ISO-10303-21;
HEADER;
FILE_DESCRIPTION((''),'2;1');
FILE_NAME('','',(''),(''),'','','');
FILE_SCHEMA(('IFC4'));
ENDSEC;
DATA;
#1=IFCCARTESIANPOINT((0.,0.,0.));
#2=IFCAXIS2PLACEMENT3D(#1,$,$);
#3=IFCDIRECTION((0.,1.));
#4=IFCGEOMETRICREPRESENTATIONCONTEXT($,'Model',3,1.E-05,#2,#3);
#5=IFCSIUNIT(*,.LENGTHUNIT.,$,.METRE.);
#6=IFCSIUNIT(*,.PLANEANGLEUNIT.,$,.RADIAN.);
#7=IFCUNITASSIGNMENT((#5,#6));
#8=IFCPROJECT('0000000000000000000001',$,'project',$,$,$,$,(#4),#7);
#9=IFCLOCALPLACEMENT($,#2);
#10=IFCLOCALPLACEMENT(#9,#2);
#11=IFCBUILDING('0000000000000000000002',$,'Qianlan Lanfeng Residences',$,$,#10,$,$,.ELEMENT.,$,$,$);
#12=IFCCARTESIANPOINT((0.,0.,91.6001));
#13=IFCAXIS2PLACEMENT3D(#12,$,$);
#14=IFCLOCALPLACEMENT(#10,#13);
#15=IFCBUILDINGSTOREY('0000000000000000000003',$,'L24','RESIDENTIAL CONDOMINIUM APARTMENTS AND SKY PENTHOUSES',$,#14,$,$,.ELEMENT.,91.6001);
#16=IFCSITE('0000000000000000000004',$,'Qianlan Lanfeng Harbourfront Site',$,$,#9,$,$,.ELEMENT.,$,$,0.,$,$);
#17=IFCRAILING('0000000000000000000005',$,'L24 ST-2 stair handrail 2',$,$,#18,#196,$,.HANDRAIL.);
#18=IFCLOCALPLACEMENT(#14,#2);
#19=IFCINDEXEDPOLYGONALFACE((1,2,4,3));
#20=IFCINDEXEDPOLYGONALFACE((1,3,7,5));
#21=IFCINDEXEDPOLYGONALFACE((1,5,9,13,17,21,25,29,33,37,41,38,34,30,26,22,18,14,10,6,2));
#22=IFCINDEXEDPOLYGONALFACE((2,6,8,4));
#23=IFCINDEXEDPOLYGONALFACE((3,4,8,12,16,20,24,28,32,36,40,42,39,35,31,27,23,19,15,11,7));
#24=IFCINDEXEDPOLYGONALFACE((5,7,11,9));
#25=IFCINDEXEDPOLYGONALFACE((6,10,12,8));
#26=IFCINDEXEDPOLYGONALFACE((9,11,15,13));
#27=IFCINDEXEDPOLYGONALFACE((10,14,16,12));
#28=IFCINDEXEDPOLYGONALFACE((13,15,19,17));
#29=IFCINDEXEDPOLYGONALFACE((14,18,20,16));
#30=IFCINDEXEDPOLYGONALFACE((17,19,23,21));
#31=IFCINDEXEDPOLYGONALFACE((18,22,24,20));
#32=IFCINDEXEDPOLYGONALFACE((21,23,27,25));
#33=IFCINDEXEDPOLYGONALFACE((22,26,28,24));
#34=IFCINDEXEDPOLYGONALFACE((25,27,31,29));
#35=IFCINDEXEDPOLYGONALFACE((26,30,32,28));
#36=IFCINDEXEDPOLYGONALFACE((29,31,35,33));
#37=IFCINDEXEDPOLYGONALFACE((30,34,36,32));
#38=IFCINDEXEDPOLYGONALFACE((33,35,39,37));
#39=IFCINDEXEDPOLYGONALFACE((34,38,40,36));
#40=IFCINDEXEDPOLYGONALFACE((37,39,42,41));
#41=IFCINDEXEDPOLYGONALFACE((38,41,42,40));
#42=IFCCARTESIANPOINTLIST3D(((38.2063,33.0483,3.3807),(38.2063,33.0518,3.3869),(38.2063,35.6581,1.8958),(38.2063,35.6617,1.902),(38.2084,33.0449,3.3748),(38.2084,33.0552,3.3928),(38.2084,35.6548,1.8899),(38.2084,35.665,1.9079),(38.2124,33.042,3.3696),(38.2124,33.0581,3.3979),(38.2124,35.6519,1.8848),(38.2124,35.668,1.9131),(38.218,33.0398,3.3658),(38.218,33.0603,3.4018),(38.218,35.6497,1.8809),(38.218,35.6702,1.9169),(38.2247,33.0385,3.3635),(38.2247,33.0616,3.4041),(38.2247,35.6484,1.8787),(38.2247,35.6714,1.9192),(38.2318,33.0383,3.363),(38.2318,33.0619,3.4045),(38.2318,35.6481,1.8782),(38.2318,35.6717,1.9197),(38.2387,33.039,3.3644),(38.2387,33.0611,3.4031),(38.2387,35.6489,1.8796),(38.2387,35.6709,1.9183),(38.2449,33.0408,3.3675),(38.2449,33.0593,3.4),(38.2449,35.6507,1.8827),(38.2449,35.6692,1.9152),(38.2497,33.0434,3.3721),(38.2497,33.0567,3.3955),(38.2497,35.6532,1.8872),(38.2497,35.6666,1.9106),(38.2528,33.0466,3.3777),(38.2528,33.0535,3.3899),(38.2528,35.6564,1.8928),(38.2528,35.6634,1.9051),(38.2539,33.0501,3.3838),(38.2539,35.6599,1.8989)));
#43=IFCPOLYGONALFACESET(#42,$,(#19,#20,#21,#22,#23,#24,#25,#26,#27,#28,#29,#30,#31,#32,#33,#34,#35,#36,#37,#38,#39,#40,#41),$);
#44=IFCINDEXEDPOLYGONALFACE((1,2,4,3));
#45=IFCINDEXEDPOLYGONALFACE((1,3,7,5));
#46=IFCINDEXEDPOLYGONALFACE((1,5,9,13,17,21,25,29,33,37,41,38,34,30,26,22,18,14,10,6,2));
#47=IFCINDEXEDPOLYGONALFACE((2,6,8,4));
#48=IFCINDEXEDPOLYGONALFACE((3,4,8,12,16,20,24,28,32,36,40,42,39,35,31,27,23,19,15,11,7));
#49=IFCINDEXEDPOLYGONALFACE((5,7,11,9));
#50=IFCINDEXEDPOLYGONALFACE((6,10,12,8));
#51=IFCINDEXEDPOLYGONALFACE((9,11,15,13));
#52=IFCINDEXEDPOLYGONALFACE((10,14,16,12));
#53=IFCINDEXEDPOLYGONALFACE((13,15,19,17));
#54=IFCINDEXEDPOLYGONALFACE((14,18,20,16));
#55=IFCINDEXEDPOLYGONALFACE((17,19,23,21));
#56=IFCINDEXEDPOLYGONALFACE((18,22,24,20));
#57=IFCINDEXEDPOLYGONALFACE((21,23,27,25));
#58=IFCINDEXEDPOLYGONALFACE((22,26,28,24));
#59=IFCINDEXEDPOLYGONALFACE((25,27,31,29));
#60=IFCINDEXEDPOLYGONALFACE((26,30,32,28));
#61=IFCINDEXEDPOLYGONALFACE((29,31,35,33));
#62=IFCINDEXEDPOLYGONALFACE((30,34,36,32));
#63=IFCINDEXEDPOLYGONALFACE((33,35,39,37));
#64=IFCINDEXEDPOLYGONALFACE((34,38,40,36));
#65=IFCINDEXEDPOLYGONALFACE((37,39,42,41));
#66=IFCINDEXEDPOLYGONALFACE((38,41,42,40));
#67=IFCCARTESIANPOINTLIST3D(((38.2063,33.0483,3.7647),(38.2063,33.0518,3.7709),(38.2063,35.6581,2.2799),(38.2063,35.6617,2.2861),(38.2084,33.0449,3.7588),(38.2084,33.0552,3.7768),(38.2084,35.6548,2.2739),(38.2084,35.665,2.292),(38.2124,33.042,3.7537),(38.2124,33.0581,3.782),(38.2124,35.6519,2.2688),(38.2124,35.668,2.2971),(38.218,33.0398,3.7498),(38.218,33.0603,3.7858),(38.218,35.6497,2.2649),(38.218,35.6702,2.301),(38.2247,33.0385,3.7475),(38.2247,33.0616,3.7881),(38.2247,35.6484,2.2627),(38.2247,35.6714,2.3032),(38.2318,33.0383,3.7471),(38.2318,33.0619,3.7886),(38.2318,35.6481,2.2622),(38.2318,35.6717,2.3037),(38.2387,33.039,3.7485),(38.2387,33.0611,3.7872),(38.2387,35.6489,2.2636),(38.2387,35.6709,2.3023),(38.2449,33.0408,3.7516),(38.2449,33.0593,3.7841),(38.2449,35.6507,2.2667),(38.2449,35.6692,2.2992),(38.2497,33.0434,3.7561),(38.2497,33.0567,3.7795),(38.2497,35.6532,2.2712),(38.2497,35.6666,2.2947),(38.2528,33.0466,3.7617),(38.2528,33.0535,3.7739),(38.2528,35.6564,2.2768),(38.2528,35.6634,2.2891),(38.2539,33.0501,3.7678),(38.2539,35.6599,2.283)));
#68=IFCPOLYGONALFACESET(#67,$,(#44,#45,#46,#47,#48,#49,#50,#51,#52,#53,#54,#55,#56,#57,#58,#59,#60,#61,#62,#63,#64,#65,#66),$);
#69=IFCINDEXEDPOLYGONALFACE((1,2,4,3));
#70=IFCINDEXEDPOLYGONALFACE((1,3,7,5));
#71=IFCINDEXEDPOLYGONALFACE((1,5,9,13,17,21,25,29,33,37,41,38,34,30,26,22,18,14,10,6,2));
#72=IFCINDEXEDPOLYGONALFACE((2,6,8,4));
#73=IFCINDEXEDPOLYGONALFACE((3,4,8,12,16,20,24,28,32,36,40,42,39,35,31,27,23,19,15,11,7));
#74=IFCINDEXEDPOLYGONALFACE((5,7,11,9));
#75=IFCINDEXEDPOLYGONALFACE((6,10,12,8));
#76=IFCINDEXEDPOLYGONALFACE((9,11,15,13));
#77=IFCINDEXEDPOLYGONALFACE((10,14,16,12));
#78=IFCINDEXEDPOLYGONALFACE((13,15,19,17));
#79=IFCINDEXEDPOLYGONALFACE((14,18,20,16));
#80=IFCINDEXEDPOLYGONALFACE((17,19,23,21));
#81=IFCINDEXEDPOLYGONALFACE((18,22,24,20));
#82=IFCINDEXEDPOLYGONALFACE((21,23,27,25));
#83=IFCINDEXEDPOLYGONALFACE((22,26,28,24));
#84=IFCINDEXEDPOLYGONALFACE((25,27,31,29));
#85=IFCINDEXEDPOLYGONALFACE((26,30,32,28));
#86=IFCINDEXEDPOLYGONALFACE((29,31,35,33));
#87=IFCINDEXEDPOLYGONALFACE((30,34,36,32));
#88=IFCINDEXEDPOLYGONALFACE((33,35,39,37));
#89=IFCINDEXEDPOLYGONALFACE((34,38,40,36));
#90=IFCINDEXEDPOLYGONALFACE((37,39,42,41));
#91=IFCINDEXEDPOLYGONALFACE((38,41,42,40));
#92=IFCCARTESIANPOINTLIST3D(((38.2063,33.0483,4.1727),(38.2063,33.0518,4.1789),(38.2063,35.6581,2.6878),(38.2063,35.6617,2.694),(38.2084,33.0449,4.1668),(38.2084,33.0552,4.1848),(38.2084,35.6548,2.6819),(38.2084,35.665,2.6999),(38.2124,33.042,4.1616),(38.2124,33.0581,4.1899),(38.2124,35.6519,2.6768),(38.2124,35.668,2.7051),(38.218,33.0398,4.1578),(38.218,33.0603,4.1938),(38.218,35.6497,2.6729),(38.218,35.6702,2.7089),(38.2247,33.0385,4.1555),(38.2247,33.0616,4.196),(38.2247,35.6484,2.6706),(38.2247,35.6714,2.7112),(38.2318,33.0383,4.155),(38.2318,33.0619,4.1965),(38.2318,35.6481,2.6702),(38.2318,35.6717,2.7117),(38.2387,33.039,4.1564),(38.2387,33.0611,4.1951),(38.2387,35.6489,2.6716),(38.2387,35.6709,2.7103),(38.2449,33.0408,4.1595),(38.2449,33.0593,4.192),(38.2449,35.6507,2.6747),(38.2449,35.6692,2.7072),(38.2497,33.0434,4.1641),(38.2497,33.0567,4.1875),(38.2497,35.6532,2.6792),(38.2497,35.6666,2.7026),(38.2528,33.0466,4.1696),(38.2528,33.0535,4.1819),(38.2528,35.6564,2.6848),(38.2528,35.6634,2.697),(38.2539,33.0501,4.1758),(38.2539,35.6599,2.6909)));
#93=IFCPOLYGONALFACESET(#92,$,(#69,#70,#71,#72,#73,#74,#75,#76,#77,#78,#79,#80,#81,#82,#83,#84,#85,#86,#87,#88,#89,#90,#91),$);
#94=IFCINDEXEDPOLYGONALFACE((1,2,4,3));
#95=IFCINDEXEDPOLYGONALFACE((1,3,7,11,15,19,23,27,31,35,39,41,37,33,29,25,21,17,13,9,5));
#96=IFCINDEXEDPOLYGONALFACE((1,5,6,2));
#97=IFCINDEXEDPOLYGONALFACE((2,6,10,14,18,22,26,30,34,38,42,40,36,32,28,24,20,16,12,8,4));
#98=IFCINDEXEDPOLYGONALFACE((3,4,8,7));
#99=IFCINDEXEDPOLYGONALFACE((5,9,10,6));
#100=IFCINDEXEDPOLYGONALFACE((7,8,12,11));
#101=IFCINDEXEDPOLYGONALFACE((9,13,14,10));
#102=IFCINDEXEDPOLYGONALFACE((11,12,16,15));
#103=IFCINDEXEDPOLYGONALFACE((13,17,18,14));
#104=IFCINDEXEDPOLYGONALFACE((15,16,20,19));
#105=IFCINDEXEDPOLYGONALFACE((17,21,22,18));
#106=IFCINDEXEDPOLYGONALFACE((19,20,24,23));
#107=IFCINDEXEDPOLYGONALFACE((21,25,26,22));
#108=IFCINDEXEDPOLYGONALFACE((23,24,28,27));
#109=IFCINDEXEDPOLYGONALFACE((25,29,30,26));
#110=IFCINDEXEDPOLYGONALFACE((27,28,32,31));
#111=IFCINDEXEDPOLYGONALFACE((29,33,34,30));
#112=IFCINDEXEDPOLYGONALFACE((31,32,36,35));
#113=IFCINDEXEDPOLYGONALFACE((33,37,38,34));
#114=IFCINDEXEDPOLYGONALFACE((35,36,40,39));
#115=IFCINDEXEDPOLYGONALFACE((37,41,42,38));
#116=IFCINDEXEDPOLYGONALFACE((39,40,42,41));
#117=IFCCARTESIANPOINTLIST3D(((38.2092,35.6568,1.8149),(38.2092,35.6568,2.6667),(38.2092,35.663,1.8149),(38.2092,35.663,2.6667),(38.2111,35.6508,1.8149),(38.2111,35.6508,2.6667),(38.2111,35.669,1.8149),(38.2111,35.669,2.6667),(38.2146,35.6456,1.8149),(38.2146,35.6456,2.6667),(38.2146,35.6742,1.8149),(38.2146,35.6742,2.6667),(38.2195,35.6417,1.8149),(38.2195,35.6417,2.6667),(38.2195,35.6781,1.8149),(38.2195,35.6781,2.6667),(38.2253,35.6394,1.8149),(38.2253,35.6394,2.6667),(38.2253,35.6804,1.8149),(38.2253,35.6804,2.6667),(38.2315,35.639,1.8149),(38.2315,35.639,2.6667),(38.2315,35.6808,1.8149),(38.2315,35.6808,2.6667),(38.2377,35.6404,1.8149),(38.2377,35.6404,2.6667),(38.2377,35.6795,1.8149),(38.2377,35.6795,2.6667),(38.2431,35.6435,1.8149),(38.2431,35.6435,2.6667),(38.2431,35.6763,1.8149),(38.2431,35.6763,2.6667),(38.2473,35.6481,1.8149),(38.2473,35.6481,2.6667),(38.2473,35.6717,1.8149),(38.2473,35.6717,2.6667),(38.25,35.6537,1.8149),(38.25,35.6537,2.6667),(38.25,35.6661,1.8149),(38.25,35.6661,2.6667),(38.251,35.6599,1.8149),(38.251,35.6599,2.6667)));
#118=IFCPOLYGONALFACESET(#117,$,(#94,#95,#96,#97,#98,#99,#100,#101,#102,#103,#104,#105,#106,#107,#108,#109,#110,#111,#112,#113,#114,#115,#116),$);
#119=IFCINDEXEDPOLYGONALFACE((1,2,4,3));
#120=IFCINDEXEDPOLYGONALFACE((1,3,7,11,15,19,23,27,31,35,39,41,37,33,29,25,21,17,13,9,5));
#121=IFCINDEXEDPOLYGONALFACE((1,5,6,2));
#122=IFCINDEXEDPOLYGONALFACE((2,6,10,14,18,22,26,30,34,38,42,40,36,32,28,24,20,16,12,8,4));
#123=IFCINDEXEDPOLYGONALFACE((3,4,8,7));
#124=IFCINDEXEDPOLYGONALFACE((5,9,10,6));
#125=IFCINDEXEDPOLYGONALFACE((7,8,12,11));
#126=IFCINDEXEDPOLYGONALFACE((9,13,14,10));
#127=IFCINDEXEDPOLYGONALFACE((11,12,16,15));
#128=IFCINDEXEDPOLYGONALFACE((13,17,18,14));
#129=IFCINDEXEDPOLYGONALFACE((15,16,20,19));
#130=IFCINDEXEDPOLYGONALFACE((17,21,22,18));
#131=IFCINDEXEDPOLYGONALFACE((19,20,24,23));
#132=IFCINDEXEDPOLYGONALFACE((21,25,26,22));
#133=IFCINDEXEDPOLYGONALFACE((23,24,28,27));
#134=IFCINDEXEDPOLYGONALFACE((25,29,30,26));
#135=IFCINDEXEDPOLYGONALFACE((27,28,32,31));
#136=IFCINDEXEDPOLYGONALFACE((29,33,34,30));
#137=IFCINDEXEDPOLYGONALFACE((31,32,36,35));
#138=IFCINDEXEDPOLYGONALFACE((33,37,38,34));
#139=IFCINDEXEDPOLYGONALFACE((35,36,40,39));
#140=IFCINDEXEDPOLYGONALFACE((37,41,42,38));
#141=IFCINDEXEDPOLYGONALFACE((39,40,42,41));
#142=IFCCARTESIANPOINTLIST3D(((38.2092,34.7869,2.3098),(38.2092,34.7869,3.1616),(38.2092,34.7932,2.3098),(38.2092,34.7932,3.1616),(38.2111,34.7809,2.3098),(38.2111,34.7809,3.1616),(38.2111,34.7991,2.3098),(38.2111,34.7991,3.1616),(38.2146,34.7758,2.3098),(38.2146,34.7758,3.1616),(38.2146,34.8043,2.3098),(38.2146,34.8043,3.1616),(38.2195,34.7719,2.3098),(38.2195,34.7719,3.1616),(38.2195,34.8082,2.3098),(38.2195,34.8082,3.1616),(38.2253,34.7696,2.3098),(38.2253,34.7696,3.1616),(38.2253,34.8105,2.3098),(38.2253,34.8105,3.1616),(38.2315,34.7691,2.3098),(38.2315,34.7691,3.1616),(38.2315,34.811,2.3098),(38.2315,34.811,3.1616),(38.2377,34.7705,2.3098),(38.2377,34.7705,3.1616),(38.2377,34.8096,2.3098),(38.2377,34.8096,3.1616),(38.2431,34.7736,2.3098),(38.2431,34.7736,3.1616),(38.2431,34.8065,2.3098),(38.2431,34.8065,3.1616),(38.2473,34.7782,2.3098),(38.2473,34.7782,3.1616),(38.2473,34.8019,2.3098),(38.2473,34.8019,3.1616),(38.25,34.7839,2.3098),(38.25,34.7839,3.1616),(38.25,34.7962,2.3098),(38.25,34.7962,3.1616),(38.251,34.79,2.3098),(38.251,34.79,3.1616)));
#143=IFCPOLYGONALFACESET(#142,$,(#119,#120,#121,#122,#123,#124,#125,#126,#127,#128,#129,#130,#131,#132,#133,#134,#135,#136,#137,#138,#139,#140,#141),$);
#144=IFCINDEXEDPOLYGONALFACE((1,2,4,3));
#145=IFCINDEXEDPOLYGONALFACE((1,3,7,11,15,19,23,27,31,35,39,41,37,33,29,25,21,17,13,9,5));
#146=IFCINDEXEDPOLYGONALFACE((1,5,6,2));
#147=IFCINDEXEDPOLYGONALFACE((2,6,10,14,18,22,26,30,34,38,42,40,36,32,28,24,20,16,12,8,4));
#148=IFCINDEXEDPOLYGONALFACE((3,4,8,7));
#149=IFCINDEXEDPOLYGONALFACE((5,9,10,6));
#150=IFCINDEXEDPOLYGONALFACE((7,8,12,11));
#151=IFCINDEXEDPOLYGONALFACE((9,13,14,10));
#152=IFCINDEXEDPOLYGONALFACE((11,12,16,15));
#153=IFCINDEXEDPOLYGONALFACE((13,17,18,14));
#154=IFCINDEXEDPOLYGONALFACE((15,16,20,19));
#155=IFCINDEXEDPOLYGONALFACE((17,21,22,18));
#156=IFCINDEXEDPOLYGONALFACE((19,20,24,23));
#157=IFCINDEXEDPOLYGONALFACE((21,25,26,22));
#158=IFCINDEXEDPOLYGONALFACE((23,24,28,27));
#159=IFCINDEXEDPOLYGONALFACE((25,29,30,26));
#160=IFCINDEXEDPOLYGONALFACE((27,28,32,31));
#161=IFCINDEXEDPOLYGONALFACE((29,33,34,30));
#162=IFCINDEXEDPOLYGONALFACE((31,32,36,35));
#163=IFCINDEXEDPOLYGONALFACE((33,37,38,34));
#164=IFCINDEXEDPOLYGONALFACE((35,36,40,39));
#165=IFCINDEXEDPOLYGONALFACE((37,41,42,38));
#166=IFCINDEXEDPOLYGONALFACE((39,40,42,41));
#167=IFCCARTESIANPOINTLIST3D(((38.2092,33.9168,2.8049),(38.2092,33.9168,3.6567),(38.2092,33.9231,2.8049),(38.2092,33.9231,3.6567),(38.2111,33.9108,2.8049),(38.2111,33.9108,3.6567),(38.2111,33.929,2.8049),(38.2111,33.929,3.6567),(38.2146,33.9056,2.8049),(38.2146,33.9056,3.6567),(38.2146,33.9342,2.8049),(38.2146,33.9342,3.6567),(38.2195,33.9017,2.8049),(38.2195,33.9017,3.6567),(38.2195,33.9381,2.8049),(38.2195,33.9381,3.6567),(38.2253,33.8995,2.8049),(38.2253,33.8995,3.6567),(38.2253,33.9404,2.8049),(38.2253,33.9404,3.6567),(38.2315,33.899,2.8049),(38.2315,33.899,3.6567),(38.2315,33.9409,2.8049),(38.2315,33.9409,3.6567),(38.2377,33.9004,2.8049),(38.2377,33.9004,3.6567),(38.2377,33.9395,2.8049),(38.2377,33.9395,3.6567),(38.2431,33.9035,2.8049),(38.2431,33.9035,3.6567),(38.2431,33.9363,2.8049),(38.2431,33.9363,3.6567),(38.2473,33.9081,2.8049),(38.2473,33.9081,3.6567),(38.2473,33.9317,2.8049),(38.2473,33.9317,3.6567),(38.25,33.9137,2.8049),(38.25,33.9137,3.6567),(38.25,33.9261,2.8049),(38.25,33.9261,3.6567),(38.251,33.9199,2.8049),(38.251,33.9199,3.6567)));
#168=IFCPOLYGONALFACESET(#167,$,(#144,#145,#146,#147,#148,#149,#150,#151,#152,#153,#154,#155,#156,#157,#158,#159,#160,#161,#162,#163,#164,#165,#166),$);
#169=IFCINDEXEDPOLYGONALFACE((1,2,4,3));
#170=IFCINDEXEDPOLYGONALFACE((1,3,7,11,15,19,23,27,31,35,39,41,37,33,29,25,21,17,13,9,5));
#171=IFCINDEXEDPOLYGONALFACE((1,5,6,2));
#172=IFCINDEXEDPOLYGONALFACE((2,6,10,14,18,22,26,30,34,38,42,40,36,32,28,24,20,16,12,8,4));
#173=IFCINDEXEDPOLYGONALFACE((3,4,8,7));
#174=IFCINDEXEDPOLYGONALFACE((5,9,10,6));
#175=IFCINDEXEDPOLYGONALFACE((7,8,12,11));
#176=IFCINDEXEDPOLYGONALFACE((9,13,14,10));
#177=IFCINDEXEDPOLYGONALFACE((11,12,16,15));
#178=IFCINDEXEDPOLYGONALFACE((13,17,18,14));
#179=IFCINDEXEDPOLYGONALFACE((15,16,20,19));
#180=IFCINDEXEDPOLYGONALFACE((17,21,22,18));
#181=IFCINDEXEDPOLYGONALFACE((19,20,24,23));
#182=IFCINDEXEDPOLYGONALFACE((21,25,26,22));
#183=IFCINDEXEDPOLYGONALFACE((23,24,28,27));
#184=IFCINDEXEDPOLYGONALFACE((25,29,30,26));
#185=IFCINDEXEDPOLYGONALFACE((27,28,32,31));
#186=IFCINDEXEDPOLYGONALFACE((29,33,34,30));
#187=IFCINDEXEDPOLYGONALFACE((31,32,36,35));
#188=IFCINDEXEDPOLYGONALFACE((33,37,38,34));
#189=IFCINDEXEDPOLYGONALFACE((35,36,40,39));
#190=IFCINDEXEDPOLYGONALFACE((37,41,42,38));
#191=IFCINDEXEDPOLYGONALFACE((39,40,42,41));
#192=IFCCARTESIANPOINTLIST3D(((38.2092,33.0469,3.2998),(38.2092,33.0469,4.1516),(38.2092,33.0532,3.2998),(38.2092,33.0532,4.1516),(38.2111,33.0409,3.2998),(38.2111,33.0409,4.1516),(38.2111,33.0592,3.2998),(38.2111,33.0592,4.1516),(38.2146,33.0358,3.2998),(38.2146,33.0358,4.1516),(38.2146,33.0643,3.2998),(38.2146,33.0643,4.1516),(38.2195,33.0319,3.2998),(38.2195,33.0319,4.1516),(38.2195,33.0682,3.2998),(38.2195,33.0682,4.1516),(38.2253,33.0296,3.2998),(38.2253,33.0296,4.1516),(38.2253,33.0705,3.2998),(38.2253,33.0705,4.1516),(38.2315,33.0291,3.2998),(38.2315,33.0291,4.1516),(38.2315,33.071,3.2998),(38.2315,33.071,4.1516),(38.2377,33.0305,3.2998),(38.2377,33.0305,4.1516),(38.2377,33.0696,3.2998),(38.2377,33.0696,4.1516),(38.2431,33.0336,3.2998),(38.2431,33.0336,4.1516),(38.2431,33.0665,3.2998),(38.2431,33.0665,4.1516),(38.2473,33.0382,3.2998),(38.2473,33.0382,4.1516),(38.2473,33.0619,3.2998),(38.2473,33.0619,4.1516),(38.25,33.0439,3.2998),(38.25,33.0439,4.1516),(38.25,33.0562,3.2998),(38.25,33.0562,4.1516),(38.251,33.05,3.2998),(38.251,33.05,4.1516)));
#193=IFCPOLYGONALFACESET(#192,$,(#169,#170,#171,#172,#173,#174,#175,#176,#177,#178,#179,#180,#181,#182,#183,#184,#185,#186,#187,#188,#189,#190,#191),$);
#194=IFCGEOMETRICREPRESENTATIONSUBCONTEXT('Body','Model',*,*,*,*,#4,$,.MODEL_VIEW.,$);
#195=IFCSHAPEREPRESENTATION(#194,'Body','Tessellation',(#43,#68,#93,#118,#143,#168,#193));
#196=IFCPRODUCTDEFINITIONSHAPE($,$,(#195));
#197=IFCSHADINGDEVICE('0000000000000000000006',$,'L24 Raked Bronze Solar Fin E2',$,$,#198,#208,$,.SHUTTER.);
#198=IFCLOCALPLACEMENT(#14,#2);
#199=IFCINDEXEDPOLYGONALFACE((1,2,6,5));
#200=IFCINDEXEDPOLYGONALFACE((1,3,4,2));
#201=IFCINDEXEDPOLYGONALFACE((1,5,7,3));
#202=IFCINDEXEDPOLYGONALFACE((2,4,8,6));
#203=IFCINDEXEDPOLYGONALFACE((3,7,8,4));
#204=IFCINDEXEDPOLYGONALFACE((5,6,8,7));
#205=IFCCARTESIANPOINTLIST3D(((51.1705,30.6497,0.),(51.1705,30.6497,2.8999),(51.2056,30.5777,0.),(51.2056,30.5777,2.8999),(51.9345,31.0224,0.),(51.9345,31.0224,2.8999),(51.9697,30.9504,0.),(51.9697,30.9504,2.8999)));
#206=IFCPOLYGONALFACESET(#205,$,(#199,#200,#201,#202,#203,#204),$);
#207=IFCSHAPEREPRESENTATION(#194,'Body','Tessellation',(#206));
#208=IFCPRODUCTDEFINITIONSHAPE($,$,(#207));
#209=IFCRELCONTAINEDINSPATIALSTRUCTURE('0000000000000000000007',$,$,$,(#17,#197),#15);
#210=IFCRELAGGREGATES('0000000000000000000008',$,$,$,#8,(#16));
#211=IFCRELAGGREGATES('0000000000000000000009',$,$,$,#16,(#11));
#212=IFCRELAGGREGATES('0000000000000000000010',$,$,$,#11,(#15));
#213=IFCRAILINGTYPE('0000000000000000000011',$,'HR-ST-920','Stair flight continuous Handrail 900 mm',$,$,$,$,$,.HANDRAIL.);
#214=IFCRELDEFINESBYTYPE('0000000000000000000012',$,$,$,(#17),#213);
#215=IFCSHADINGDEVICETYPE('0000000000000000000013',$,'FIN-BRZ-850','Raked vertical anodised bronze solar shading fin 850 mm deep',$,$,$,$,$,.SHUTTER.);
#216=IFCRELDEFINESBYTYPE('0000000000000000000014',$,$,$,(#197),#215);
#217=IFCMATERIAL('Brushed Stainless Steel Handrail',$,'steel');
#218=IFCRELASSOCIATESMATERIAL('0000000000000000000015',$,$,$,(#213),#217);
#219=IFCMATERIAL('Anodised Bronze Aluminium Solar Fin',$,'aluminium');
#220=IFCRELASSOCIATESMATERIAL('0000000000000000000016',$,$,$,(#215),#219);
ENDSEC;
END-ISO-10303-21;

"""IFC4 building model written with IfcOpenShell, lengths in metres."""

from ifc_helpers import new_model, si_unit, direction, frame, origin, origin_2d, place, context, subcontext, project, spatial, rectangle, circle, extrude, source, transform, mapped, material, type_object, element, save


model = new_model("IFC4")

# Units and contexts
model_context = context("Model", 3, precision=1e-05, world=origin(), true_north=direction((0.0, 1.0)))
body_context = subcontext(model_context, "Body", "Model", "MODEL_VIEW")
ifc_project = project(units=[si_unit("LENGTHUNIT", "METRE"), si_unit("PLANEANGLEUNIT", "RADIAN")], contexts=[model_context])

# Site, building, storey
site_placement = place(None, origin())
site = spatial("IfcSite", under=ifc_project, at=site_placement, Name="Qianlan Lanfeng Harbourfront Site", CompositionType="ELEMENT", RefElevation=0.0)
building_placement = place(site_placement, origin())
building = spatial("IfcBuilding", under=site, at=building_placement, Name="Qianlan Lanfeng Residences", CompositionType="ELEMENT")
storey_placement = place(building_placement, frame((0.0, 0.0, 91.6001)))
storey = spatial("IfcBuildingStorey", under=building, at=storey_placement, Name="L24", Description="RESIDENTIAL CONDOMINIUM APARTMENTS AND SKY PENTHOUSES", CompositionType="ELEMENT", Elevation=91.6001)

# Railing
ifc_material_1 = material(Name="Brushed Stainless Steel Handrail", Category="steel")
railing_type_1 = type_object("IfcRailingType", Name="HR-ST-920", Description="Stair flight continuous Handrail 900 mm", PredefinedType="HANDRAIL", material=ifc_material_1)
railing_1_placement = place(storey_placement, frame((38.23, 35.6599, 1.8149)))
element("IfcRailing", 1, at=railing_1_placement, inside=storey, type_object=railing_type_1, Name="L24 ST-2 stair handrail 2", PredefinedType="HANDRAIL", context=body_context, shape_type="SweptSolid", body=[
    extrude(circle(Radius=0.0239, at=origin_2d()), frame((0.0, 0.0, 0.084), z_axis=(0.0, -0.869172, 0.494509), x_axis=(1.0, 0.0, 0.0)), (0.0, 0.0, 1.0), 3.0027),
    extrude(circle(Radius=0.0239, at=origin_2d()), frame((0.0, 0.0, 0.468), z_axis=(0.0, -0.869172, 0.494509), x_axis=(1.0, 0.0, 0.0)), (0.0, 0.0, 1.0), 3.0027),
    extrude(circle(Radius=0.0239, at=origin_2d()), frame((0.0, 0.0, 0.876), z_axis=(0.0, -0.869172, 0.494509), x_axis=(1.0, 0.0, 0.0)), (0.0, 0.0, 1.0), 3.0027),
    extrude(circle(Radius=0.021, at=origin_2d()), origin(), (0.0, 0.0, 1.0), 0.8518),
    extrude(circle(Radius=0.021, at=origin_2d()), frame((0.0, -0.8699, 0.4949)), (0.0, 0.0, 1.0), 0.8518),
    extrude(circle(Radius=0.021, at=origin_2d()), frame((0.0, -1.74, 0.99)), (0.0, 0.0, 1.0), 0.8518),
    extrude(circle(Radius=0.021, at=origin_2d()), frame((0.0, -2.6099, 1.4849)), (0.0, 0.0, 1.0), 0.8518),
])

# Shading device
ifc_material_2 = material(Name="Anodised Bronze Aluminium Solar Fin", Category="aluminium")
shading_device_type = type_object("IfcShadingDeviceType", Name="FIN-BRZ-850", Description="Raked vertical anodised bronze solar shading fin 850 mm deep", PredefinedType="SHUTTER", material=ifc_material_2)
shared_shape = source(origin(), body_context, "Body", "SweptSolid", [
    extrude(rectangle(XDim=0.8501, YDim=0.0801, at=origin_2d()), origin(), (0.0, 0.0, 1.0), 2.8999),
])
shading_device_placement = place(storey_placement, frame((51.5701, 30.8, 0.0), z_axis=(0.0, 0.0, 1.0), x_axis=(0.898794, 0.438371, 0.0)))
element("IfcShadingDevice", 2, at=shading_device_placement, inside=storey, type_object=shading_device_type, Name="L24 Raked Bronze Solar Fin E2", PredefinedType="SHUTTER", context=body_context, shape_type="MappedRepresentation", body=[
    mapped(shared_shape, transform((0.0, 0.0, 0.0), scale=1.0)),
])

save(model, "model.ifc")
